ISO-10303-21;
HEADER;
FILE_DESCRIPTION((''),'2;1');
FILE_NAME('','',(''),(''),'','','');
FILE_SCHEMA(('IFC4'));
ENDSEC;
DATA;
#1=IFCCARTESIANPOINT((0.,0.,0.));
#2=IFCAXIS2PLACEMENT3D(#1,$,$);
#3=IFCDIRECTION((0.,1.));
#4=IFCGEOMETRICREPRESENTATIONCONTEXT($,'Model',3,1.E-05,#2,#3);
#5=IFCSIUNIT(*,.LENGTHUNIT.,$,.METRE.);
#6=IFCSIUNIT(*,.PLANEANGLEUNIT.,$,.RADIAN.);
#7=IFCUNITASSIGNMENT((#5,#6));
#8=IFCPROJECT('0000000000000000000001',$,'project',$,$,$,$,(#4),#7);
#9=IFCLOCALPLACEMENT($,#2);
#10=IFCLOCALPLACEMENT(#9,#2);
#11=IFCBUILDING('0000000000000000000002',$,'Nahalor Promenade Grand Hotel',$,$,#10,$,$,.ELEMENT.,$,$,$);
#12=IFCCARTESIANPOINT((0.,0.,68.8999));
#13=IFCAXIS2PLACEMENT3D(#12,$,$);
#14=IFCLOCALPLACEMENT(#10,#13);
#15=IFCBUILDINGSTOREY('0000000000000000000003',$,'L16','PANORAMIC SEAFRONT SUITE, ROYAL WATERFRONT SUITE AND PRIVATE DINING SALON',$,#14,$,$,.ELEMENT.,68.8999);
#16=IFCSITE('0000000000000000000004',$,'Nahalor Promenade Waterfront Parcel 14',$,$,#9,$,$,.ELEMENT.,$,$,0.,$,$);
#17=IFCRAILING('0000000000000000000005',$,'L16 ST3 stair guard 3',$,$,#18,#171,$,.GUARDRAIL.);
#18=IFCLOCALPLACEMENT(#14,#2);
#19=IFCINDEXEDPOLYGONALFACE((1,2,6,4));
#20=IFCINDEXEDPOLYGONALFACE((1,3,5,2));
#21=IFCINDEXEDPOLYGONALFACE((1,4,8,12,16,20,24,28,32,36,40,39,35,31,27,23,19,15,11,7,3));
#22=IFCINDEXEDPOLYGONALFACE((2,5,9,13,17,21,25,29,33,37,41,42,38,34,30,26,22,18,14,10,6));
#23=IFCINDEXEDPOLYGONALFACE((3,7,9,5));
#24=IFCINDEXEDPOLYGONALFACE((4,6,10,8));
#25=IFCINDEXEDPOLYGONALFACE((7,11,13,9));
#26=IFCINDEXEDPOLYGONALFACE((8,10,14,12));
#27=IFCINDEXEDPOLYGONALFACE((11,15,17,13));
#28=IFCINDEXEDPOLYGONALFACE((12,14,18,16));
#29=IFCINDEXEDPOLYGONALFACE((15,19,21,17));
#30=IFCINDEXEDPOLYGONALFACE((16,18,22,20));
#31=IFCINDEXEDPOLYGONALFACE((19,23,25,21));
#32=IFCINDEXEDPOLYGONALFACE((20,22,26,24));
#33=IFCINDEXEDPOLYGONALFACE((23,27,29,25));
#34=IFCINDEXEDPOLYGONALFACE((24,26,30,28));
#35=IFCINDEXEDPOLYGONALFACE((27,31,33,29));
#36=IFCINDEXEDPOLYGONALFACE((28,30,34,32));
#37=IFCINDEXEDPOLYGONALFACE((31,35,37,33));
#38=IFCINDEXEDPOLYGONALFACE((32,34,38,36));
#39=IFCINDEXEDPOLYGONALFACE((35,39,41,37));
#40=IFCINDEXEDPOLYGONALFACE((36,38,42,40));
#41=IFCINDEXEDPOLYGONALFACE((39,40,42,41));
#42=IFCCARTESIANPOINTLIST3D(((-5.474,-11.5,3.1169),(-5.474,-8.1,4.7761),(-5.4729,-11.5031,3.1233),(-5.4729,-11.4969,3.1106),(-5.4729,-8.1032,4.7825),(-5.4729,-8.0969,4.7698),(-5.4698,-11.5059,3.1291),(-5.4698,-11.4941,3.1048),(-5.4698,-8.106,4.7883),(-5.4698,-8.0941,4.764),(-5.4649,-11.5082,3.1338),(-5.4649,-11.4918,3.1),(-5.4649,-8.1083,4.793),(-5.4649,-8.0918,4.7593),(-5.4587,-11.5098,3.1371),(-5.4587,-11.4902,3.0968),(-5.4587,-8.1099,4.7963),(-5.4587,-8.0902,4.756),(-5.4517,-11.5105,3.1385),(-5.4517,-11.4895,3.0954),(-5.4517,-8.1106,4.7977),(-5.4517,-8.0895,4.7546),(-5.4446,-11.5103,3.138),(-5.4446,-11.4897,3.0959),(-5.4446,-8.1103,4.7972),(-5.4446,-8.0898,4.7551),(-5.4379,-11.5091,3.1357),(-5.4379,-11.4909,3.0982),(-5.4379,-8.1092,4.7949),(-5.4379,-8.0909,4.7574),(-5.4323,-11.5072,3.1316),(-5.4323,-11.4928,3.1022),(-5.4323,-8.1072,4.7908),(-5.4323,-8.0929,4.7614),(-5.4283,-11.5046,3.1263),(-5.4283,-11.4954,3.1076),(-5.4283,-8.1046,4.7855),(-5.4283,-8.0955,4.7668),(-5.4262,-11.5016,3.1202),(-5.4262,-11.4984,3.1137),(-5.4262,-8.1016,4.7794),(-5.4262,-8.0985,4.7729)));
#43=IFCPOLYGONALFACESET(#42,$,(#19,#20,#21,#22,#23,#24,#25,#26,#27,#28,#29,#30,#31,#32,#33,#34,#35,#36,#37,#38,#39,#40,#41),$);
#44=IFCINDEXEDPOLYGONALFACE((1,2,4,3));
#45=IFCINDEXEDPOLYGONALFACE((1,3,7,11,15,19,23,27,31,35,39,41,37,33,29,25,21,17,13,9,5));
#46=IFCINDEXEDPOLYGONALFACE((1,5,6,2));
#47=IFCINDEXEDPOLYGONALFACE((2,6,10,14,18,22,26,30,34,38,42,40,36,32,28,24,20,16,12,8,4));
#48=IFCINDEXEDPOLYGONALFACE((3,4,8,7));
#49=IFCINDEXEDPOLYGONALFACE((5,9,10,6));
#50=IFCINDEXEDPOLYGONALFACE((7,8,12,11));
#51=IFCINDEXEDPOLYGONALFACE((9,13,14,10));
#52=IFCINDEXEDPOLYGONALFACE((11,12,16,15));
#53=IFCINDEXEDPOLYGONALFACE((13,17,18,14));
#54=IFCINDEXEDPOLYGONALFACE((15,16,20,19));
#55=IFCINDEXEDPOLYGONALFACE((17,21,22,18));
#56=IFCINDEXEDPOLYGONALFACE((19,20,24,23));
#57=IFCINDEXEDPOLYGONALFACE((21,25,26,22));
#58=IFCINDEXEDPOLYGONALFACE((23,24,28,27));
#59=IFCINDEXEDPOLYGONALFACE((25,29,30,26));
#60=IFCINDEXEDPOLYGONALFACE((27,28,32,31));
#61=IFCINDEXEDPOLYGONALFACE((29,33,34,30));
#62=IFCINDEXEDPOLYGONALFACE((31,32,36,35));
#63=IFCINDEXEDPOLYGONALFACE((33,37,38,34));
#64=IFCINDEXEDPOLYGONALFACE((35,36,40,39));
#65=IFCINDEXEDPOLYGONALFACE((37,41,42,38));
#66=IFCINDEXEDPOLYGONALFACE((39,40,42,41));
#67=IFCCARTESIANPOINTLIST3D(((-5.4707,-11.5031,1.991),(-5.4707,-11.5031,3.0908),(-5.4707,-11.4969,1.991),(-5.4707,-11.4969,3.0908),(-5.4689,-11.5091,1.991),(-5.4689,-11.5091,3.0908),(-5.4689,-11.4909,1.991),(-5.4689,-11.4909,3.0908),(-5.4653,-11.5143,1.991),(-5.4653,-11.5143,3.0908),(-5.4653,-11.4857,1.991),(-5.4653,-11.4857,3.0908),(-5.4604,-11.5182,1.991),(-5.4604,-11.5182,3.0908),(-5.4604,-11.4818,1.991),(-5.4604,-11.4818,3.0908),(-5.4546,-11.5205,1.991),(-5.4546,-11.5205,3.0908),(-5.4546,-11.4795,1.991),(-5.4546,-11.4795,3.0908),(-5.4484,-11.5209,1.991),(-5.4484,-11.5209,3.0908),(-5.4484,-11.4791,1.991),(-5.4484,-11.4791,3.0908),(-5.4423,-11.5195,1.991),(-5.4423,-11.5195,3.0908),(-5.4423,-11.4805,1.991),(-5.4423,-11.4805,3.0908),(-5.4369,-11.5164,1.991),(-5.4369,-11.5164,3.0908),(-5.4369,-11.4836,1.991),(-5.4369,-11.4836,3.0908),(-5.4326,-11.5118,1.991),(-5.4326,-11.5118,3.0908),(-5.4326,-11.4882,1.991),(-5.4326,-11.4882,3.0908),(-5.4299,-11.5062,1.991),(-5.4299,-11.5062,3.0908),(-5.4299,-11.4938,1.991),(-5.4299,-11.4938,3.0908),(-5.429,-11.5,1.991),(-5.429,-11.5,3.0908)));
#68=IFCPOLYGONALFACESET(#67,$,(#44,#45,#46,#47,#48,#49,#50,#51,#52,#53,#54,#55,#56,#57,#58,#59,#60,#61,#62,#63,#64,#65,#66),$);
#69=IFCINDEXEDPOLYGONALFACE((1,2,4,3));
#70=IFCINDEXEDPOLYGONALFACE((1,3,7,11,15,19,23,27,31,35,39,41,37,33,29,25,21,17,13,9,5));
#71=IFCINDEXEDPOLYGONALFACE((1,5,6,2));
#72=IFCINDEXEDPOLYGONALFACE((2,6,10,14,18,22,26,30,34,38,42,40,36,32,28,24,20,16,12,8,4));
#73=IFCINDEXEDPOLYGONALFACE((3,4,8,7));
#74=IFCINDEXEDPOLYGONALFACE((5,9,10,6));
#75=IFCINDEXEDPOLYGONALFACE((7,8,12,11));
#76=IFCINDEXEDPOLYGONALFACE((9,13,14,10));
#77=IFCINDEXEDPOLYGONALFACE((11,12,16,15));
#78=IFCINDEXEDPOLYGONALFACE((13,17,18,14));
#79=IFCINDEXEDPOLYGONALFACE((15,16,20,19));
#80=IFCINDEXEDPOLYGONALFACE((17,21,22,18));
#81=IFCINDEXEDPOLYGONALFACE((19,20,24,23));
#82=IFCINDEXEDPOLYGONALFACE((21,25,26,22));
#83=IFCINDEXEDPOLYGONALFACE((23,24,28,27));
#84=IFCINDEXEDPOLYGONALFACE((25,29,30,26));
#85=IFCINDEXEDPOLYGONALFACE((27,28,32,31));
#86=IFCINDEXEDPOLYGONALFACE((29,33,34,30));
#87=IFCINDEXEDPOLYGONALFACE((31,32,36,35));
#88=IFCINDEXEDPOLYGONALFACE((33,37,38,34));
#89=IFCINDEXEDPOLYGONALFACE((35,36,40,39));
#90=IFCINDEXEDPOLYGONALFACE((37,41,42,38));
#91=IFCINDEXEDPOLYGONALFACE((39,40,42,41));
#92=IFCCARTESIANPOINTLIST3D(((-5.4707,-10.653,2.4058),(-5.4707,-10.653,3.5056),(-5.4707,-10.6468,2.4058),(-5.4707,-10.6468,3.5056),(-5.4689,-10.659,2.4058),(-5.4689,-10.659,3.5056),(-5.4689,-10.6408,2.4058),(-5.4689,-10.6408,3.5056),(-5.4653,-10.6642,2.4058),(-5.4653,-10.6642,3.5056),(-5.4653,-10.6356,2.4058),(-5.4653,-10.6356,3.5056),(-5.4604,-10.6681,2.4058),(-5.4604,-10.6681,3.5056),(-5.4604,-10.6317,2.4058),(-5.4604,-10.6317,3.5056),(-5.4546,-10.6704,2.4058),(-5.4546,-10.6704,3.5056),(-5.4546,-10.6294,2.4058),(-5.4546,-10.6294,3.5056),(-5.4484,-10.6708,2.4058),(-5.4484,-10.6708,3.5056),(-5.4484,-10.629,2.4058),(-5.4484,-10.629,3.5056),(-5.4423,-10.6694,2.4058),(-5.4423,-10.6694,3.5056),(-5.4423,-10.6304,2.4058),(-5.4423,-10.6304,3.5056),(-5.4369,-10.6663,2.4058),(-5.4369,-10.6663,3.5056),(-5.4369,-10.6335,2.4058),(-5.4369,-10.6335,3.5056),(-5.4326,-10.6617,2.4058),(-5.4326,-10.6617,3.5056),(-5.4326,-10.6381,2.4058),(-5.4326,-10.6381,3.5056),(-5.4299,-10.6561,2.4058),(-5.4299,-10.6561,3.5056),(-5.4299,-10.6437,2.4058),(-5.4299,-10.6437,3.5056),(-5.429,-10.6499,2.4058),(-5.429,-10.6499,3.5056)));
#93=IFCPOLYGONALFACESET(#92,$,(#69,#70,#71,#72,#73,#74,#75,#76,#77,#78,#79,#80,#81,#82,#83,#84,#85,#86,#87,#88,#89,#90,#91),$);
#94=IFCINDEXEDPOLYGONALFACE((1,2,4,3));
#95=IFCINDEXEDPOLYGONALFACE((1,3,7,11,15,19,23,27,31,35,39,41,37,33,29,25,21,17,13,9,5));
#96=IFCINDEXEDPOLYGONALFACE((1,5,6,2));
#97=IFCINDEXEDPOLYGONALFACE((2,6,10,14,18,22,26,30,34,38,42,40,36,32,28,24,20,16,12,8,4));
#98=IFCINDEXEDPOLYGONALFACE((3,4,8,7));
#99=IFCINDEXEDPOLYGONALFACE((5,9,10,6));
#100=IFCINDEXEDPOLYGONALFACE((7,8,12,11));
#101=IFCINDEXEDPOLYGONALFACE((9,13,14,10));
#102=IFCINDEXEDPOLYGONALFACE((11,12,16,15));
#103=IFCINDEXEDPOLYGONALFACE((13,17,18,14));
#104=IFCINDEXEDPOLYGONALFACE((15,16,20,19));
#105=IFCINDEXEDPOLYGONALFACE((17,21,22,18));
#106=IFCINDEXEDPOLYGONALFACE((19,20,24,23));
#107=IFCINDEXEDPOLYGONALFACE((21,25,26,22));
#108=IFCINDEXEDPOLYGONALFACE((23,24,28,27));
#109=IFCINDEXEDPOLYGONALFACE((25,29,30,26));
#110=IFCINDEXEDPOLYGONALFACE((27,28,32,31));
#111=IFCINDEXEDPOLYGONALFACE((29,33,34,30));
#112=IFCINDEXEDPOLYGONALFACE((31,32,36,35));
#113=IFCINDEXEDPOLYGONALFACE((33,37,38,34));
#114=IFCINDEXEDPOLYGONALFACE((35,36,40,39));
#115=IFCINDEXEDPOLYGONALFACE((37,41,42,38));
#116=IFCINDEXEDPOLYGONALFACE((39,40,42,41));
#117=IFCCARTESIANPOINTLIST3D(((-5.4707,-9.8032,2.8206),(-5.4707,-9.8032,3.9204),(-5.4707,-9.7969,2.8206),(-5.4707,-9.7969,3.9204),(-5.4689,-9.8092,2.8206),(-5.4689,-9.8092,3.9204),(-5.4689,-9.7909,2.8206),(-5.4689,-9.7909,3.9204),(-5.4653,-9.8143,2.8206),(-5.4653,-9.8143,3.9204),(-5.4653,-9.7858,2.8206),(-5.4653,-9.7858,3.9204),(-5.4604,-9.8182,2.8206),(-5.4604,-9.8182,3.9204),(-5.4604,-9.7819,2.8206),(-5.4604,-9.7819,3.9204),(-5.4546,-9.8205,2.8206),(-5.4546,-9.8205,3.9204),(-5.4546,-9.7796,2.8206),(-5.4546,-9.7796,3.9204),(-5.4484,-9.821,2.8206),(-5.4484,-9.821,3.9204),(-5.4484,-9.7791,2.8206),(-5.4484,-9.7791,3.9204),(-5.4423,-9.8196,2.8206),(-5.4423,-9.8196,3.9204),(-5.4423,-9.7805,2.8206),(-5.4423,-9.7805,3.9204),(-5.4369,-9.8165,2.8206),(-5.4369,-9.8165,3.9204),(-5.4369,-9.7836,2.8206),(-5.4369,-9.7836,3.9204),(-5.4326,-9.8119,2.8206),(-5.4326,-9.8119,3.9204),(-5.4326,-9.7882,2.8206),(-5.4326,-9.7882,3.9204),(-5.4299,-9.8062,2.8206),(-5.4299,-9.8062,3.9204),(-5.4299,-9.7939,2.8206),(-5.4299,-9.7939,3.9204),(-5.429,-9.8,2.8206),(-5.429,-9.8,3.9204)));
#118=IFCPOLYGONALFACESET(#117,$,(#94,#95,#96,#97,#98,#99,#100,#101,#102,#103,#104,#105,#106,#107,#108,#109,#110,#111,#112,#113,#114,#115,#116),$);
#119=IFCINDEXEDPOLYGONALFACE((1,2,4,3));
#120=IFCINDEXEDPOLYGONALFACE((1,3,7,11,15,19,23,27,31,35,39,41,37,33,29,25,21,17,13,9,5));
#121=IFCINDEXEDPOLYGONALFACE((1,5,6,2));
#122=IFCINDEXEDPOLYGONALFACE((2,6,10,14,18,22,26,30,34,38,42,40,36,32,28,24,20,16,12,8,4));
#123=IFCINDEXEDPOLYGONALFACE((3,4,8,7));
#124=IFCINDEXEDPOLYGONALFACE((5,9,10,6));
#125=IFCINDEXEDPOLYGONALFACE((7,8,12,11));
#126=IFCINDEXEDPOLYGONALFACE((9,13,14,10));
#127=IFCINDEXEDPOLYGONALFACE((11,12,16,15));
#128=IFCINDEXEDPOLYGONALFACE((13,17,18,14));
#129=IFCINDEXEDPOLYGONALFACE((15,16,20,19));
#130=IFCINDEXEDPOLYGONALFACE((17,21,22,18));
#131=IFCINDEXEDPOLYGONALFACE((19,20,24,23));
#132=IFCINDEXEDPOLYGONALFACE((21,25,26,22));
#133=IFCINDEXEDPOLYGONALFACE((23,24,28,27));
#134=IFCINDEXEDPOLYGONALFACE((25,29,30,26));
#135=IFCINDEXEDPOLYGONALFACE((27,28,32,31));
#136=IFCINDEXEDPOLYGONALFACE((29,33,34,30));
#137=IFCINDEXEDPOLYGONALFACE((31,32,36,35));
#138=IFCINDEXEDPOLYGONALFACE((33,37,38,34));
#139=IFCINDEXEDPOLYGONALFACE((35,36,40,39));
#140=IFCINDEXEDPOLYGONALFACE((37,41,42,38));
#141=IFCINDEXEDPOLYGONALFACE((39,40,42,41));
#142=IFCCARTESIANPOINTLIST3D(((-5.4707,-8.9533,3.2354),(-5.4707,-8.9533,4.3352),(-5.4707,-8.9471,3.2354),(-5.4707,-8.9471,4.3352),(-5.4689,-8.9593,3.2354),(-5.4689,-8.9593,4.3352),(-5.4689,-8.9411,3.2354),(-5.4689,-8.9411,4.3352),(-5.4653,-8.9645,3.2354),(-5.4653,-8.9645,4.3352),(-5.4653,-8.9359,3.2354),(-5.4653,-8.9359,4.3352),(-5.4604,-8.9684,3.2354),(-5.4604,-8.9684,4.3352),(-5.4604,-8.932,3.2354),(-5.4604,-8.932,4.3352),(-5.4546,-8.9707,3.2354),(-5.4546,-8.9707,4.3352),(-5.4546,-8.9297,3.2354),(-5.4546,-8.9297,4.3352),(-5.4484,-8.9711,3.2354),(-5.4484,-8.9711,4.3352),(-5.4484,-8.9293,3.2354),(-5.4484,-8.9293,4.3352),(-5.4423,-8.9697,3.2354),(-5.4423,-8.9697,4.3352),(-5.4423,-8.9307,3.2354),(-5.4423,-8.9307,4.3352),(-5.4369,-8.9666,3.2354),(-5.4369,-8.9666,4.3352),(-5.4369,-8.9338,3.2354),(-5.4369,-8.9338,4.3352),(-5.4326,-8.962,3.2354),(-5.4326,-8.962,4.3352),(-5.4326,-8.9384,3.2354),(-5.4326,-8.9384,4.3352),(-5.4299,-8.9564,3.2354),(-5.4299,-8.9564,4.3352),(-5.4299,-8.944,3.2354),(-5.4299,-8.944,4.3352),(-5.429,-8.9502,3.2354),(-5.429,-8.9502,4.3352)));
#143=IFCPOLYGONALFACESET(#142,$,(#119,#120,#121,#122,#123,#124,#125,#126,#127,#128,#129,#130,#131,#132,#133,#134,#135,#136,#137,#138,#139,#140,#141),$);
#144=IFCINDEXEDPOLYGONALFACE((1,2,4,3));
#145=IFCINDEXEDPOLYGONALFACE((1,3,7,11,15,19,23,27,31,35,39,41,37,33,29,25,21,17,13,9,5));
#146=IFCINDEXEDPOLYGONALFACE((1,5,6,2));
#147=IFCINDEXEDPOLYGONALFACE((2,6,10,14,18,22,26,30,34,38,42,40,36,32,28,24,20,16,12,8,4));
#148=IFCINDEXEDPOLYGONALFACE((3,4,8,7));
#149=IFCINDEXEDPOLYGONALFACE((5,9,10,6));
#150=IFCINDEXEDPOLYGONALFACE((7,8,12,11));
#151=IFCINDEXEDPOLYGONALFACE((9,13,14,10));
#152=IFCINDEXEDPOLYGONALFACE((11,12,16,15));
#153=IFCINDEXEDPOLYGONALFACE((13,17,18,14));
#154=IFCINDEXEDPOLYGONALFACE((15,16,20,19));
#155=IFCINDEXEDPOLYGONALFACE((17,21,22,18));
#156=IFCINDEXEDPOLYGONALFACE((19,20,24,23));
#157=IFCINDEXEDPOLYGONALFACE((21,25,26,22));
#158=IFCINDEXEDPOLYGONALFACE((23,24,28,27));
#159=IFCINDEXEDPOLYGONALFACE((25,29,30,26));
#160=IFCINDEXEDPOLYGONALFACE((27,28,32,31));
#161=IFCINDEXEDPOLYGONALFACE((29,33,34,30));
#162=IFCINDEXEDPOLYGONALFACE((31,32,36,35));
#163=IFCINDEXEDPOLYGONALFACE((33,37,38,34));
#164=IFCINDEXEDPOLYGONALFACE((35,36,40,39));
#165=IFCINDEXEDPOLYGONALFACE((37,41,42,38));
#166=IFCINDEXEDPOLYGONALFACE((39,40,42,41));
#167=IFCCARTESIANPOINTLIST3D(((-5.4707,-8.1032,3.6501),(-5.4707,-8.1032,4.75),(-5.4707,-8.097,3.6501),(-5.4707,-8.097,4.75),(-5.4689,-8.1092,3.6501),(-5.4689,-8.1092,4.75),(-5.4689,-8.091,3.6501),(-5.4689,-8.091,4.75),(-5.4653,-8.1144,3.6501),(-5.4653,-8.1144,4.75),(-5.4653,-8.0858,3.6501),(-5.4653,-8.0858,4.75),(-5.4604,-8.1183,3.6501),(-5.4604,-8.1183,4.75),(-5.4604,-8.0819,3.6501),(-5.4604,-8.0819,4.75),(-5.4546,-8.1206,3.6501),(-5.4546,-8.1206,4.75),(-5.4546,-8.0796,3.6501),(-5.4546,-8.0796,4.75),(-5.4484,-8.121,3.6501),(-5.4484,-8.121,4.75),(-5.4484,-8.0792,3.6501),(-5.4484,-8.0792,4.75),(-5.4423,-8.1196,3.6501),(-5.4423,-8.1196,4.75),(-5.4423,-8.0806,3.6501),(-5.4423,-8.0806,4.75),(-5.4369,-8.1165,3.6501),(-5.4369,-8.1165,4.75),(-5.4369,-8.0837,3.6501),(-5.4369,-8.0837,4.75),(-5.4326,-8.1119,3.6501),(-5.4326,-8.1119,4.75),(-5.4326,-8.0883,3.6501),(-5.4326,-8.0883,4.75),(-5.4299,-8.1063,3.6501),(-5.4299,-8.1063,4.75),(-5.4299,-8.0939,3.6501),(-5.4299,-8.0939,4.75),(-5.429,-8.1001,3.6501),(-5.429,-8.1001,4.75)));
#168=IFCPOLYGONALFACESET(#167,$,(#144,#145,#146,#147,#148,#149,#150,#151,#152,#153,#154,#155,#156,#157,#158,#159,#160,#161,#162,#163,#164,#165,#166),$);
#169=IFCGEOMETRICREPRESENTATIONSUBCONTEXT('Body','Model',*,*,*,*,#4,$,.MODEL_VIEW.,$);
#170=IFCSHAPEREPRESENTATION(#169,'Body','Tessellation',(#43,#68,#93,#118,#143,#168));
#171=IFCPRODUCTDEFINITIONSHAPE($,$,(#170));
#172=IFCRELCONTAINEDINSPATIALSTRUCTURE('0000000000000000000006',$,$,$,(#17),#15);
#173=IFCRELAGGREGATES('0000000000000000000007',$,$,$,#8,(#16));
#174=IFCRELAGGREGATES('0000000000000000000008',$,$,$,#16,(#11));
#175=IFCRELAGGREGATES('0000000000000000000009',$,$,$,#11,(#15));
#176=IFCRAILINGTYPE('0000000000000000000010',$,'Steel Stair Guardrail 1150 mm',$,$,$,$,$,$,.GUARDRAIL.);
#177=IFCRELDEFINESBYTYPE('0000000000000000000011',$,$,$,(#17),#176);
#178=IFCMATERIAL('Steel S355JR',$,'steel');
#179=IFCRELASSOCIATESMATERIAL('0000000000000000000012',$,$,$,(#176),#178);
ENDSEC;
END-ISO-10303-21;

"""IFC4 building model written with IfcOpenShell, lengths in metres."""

from ifc_helpers import new_model, si_unit, direction, frame, origin, origin_2d, place, context, subcontext, project, spatial, circle, extrude, material, type_object, element, save


model = new_model("IFC4")

# Units and contexts
model_context = context("Model", 3, precision=1e-05, world=origin(), true_north=direction((0.0, 1.0)))
body_context = subcontext(model_context, "Body", "Model", "MODEL_VIEW")
ifc_project = project(units=[si_unit("LENGTHUNIT", "METRE"), si_unit("PLANEANGLEUNIT", "RADIAN")], contexts=[model_context])

# Site, building, storey
site_placement = place(None, origin())
site = spatial("IfcSite", under=ifc_project, at=site_placement, Name="Nahalor Promenade Waterfront Parcel 14", CompositionType="ELEMENT", RefElevation=0.0)
building_placement = place(site_placement, origin())
building = spatial("IfcBuilding", under=site, at=building_placement, Name="Nahalor Promenade Grand Hotel", CompositionType="ELEMENT")
storey_placement = place(building_placement, frame((0.0, 0.0, 68.8999)))
storey = spatial("IfcBuildingStorey", under=building, at=storey_placement, Name="L16", Description="PANORAMIC SEAFRONT SUITE, ROYAL WATERFRONT SUITE AND PRIVATE DINING SALON", CompositionType="ELEMENT", Elevation=68.8999)

# Shared definitions
ifc_material_1 = material(Name="Steel S355JR", Category="steel")

# Railing
railing_type_1 = type_object("IfcRailingType", Name="Steel Stair Guardrail 1150 mm", PredefinedType="GUARDRAIL", material=ifc_material_1)
railing_1_placement = place(storey_placement, frame((-5.45, -11.5, 1.991)))
element("IfcRailing", 1, at=railing_1_placement, inside=storey, type_object=railing_type_1, Name="L16 ST3 stair guard 3", PredefinedType="GUARDRAIL", context=body_context, shape_type="SweptSolid", body=[
    extrude(circle(Radius=0.024, at=origin_2d()), frame((0.0, 0.0, 1.126), z_axis=(0.0, 0.898696, 0.438571), x_axis=(-1.0, 0.0, 0.0)), (0.0, 0.0, 1.0), 3.7832),
    extrude(circle(Radius=0.021, at=origin_2d()), origin(), (0.0, 0.0, 1.0), 1.0999),
    extrude(circle(Radius=0.021, at=origin_2d()), frame((0.0, 0.8501, 0.4148)), (0.0, 0.0, 1.0), 1.0999),
    extrude(circle(Radius=0.021, at=origin_2d()), frame((0.0, 1.7, 0.8296)), (0.0, 0.0, 1.0), 1.0999),
    extrude(circle(Radius=0.021, at=origin_2d()), frame((0.0, 2.5498, 1.2444)), (0.0, 0.0, 1.0), 1.0999),
    extrude(circle(Radius=0.021, at=origin_2d()), frame((0.0, 3.3999, 1.6592)), (0.0, 0.0, 1.0), 1.0999),
])

save(model, "model.ifc")
